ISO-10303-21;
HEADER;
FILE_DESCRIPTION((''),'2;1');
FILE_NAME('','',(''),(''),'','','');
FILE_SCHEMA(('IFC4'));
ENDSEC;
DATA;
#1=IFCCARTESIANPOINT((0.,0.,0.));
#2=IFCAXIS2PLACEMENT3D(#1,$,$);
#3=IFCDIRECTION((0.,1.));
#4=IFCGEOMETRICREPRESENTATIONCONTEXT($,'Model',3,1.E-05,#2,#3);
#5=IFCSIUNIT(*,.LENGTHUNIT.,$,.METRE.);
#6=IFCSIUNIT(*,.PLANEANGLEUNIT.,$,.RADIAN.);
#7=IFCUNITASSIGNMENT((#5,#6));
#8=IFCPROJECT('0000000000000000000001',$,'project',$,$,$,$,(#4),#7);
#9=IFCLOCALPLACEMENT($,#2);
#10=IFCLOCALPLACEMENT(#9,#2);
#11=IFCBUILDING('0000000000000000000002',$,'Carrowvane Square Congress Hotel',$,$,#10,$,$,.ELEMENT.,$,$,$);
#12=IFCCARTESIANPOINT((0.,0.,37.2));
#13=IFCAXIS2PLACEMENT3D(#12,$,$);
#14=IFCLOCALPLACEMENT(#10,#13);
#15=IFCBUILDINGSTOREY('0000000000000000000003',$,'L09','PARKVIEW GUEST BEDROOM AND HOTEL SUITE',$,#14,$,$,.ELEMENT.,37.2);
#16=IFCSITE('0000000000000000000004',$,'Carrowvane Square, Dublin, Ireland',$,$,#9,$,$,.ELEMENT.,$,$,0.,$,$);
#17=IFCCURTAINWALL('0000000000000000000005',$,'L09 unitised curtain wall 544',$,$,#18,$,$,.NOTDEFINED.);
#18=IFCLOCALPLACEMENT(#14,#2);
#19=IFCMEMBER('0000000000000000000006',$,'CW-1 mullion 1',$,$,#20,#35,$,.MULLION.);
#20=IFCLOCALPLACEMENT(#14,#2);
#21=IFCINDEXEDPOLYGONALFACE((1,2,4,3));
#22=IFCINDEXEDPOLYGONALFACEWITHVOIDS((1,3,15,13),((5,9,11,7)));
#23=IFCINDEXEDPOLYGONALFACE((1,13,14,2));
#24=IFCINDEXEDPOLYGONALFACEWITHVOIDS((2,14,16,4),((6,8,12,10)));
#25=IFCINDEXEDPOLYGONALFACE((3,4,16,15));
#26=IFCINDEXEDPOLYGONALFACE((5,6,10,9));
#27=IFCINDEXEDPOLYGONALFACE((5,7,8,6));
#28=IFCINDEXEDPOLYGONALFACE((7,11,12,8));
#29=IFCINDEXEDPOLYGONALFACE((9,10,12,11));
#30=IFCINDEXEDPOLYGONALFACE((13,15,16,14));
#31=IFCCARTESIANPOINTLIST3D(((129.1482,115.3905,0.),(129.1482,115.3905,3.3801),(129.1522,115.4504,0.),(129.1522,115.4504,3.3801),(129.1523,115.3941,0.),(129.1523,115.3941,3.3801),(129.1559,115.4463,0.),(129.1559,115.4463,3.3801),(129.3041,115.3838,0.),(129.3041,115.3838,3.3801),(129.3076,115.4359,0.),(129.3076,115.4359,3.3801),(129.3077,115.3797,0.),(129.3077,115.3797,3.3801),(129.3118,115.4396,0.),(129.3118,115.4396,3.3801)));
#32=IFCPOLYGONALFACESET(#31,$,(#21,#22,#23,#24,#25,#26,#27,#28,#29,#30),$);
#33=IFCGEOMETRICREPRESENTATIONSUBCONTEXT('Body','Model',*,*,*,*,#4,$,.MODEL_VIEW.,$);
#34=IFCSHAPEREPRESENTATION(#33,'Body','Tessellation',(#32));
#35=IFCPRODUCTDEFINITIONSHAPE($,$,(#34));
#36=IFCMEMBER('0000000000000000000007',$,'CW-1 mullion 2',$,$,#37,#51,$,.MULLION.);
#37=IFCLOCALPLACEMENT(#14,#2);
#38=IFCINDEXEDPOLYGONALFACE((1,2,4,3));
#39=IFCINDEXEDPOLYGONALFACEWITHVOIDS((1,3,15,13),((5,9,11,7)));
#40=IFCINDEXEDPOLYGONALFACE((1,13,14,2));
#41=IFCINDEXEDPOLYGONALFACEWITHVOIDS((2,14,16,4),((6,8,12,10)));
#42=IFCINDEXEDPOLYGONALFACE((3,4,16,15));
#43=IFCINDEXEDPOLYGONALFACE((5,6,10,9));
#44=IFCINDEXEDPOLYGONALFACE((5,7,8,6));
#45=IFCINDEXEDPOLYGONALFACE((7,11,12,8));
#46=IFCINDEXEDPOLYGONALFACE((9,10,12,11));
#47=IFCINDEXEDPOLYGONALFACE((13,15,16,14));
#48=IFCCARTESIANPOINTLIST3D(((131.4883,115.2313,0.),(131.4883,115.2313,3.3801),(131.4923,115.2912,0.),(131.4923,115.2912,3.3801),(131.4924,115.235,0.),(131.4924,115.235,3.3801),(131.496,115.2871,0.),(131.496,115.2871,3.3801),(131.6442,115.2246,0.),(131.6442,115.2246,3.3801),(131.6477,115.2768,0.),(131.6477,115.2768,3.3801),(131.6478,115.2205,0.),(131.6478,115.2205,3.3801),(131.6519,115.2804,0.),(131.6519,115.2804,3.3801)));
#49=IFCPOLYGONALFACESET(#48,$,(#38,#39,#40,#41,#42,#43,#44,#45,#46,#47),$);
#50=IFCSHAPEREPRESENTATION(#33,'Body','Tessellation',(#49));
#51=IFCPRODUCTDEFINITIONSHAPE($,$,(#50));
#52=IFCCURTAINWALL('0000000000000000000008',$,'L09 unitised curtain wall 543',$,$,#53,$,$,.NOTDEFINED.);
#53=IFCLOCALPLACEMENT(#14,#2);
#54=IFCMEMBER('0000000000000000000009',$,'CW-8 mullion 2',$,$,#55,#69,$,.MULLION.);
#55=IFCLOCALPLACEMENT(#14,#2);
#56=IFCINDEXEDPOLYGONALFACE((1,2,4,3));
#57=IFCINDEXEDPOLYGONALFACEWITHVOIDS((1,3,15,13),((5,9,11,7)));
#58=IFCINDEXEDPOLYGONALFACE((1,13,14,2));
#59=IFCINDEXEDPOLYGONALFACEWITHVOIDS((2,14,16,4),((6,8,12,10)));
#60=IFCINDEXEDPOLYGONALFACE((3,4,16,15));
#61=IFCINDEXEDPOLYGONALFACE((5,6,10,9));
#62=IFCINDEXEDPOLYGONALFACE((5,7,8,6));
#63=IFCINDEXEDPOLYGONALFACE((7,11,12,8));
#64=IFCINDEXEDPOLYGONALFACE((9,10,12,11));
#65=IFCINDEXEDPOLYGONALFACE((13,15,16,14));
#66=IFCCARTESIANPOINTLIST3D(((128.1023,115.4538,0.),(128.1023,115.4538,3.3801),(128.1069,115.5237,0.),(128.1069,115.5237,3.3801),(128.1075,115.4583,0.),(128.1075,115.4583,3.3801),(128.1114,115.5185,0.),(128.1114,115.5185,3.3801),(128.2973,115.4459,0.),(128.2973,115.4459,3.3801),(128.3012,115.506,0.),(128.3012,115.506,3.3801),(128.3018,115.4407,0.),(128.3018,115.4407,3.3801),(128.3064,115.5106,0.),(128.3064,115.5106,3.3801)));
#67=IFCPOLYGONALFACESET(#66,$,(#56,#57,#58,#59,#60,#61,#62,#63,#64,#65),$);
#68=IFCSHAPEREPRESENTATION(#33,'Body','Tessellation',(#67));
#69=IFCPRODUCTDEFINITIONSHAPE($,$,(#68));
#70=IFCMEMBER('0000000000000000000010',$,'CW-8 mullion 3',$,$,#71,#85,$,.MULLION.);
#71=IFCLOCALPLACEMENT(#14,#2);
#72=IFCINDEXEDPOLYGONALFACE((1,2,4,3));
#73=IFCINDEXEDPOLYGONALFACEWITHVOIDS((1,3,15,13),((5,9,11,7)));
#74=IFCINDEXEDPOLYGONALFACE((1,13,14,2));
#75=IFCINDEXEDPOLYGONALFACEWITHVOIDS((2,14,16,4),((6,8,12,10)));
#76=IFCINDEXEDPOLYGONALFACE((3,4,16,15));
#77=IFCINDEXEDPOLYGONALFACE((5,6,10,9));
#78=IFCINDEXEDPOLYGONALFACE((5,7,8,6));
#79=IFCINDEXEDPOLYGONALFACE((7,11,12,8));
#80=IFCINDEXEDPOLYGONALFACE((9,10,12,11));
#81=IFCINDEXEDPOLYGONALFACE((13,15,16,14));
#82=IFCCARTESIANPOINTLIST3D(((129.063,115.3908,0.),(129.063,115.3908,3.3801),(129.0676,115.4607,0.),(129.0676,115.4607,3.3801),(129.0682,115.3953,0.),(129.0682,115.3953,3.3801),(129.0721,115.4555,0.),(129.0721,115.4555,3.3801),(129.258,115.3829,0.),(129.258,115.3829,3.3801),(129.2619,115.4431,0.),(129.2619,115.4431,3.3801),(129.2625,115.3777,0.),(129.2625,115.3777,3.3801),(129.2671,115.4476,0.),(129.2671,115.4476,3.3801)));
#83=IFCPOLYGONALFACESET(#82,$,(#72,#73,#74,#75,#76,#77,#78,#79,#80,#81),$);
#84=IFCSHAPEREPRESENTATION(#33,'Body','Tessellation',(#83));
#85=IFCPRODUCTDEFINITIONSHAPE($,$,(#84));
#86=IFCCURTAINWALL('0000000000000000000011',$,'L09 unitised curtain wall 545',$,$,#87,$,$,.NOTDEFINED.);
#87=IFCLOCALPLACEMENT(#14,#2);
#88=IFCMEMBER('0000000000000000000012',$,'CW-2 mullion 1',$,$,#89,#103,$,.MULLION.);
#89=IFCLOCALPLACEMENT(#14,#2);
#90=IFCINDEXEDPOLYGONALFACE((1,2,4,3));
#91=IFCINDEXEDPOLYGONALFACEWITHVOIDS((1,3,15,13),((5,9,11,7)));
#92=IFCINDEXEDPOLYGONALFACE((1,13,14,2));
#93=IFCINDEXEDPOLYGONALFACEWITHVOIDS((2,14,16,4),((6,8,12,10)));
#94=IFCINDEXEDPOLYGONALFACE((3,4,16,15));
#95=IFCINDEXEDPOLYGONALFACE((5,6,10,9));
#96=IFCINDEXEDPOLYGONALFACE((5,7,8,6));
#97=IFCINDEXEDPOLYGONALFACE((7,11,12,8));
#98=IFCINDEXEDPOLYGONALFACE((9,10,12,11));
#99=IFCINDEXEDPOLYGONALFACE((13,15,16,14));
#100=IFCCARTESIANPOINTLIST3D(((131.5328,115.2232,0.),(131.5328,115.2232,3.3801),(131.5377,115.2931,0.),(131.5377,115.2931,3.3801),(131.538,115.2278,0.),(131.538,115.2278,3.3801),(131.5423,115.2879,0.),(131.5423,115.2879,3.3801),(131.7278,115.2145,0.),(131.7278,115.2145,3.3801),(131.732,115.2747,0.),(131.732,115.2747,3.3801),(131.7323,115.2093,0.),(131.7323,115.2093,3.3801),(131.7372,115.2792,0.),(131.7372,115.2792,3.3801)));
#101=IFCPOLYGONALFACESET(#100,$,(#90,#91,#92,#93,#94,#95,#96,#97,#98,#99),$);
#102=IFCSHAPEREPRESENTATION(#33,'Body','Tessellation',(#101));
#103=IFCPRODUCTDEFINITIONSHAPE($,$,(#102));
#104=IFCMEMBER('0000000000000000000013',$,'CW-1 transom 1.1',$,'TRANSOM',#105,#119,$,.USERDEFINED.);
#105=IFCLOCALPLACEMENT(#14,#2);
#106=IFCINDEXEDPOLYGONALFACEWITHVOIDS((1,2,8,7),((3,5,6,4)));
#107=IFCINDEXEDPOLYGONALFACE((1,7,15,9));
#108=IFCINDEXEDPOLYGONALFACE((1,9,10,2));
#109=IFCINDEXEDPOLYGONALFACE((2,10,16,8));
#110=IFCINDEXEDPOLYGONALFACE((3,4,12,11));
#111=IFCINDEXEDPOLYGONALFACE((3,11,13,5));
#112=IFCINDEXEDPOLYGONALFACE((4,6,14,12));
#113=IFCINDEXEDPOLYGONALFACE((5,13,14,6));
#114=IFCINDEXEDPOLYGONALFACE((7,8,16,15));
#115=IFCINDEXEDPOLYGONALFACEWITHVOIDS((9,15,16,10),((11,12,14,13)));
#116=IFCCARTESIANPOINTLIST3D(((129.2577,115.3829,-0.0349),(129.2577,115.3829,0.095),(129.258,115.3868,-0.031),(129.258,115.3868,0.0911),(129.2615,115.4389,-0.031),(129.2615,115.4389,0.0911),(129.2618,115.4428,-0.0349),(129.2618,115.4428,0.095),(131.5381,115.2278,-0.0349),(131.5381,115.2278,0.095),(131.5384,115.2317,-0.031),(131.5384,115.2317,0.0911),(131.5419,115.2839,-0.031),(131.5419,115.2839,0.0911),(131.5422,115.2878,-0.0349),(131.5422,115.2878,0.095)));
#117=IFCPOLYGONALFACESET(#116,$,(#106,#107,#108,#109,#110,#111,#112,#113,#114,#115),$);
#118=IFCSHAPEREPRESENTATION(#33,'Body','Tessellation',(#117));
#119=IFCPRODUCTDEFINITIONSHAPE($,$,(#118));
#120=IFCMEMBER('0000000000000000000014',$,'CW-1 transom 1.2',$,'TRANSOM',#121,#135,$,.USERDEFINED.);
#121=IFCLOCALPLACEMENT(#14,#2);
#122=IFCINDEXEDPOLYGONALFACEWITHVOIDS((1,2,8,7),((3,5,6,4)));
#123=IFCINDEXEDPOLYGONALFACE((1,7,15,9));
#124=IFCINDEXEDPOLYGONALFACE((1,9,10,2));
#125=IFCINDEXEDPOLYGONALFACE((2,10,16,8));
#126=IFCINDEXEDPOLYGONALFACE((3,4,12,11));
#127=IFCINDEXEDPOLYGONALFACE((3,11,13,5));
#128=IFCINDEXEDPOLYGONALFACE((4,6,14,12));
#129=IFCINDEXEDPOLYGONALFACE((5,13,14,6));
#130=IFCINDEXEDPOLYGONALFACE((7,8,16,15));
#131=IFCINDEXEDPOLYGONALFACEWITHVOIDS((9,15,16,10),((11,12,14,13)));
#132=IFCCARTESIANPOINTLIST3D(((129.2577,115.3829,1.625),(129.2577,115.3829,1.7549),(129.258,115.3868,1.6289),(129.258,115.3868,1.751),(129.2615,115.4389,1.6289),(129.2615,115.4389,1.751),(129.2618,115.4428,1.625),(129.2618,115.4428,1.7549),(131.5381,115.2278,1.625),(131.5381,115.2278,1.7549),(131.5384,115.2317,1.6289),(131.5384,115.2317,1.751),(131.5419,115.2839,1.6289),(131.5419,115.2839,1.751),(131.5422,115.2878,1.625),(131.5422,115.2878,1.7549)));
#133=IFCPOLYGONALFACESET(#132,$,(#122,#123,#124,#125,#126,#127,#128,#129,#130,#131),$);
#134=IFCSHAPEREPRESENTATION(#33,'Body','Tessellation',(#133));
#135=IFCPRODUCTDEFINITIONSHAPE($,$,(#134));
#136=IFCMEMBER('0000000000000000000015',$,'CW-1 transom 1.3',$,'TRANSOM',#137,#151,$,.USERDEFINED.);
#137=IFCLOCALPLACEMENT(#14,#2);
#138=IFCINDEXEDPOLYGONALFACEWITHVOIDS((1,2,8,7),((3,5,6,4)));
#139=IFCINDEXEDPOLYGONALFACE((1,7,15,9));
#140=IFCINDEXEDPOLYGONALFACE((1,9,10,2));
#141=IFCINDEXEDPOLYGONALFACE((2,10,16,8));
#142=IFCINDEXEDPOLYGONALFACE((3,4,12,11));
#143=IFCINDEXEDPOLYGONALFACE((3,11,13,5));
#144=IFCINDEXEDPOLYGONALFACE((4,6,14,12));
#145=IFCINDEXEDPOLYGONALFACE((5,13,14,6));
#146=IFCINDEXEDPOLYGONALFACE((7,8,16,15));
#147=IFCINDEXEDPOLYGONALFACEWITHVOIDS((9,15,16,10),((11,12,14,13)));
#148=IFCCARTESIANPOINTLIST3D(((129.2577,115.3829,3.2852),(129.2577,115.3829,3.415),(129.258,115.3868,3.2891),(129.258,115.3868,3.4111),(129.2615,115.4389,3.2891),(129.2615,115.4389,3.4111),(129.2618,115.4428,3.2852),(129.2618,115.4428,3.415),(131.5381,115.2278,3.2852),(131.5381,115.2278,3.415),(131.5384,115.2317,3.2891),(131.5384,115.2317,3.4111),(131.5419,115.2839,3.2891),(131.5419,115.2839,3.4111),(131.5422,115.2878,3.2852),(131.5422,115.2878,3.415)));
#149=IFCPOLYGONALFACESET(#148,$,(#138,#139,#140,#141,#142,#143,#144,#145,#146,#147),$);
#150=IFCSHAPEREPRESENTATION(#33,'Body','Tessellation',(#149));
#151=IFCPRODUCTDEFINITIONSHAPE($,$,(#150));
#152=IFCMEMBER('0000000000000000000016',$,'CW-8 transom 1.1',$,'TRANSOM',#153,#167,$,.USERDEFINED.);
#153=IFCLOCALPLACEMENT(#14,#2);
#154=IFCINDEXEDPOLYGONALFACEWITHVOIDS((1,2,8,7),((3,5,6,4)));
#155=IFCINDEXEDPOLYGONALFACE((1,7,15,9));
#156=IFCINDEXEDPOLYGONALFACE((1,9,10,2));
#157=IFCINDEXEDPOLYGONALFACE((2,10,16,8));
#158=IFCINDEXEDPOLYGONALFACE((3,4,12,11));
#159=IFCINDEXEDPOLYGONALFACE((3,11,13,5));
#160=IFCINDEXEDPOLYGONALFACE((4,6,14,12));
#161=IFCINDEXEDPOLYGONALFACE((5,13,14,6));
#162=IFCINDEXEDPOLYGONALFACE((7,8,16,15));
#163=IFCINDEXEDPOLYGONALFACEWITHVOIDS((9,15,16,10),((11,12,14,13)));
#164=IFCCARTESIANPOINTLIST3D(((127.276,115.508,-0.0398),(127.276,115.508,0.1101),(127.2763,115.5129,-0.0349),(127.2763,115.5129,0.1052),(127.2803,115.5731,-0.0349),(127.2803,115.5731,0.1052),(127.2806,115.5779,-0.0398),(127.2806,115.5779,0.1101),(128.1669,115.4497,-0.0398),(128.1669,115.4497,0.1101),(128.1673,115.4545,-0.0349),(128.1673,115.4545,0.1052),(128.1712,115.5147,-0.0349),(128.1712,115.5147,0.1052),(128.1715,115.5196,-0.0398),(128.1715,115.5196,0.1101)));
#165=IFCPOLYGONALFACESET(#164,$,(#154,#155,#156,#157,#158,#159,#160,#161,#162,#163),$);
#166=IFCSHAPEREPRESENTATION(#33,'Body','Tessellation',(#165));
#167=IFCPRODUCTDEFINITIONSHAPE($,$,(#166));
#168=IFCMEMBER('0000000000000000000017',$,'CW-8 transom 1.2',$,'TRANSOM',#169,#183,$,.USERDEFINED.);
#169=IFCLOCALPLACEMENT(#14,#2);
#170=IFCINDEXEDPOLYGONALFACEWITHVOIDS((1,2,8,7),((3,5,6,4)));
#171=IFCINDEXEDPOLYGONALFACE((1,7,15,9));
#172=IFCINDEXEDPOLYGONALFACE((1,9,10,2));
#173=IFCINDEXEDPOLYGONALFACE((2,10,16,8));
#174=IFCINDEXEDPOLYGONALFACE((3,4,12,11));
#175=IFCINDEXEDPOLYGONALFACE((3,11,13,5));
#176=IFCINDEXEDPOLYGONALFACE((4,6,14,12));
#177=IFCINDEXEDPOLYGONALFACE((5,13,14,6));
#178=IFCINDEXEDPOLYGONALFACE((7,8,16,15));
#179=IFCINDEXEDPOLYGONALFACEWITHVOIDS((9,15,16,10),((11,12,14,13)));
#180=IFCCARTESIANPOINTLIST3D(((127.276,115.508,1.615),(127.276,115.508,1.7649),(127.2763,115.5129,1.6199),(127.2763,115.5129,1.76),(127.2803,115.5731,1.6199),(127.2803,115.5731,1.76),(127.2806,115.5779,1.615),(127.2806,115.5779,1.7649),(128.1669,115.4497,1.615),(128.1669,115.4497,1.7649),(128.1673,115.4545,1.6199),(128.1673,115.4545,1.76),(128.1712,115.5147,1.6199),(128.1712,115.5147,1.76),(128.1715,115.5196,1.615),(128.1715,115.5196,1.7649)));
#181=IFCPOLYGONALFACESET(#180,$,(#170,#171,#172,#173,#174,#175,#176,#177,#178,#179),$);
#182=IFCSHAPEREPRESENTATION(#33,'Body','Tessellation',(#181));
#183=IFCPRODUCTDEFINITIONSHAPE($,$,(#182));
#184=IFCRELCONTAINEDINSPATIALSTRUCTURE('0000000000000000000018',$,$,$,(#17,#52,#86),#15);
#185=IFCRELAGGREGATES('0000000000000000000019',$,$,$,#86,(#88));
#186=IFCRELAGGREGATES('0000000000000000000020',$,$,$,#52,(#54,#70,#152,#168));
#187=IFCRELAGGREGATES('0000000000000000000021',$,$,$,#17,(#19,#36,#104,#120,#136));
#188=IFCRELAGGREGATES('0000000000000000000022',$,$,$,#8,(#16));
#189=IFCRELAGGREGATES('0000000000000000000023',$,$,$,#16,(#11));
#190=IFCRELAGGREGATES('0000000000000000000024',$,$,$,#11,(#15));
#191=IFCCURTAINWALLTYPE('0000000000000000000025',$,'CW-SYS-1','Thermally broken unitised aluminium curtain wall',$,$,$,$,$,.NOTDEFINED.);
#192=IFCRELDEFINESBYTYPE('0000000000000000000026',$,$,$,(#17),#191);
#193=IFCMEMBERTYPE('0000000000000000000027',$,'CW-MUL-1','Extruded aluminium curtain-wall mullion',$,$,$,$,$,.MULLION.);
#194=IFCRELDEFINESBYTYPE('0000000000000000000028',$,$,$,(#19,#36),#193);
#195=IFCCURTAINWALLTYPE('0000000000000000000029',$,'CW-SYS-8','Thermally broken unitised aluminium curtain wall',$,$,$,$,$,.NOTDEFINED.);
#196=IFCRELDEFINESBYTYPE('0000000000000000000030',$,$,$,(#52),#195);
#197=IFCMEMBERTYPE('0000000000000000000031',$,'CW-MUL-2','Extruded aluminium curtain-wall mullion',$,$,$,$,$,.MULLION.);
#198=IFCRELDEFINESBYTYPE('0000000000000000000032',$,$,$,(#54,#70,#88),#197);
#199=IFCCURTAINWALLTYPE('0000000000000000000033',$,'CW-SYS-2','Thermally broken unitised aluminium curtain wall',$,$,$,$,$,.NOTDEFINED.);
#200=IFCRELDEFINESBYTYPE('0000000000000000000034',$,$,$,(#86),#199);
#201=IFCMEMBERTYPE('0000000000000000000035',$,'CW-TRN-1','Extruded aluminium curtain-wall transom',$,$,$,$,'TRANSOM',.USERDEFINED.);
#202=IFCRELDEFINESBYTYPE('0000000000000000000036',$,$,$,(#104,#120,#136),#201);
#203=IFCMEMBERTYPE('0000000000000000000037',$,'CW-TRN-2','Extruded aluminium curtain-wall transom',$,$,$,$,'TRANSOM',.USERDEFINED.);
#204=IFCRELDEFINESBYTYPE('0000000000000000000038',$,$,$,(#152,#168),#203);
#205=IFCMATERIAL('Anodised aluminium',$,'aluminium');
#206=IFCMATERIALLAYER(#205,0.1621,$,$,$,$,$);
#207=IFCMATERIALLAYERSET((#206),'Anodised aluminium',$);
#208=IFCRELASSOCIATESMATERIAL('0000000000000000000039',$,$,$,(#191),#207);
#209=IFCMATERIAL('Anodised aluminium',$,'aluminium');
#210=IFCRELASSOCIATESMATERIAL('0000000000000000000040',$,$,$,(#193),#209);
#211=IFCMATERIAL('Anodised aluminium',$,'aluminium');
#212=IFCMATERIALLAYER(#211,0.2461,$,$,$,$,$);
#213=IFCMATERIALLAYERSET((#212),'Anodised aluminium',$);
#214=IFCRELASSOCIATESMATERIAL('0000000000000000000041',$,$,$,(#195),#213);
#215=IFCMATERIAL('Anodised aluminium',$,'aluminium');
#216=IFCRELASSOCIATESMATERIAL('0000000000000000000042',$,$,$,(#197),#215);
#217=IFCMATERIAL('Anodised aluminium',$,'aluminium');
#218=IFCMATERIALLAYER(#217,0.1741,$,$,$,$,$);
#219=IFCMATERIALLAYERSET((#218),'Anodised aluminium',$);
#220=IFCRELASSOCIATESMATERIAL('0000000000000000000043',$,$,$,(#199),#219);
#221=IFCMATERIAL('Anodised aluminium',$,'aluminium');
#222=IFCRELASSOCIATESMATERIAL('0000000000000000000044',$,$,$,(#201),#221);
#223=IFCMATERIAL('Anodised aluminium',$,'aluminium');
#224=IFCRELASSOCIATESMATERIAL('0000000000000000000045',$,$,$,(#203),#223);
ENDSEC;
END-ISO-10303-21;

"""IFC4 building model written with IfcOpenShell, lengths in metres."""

from ifc_helpers import new_model, si_unit, direction, frame, origin, origin_2d, place, context, subcontext, project, spatial, hollow_rectangle, extrude, material, layer, layer_set, material_profile, profile_set, type_object, element, aggregate, save


model = new_model("IFC4")

# Units and contexts
model_context = context("Model", 3, precision=1e-05, world=origin(), true_north=direction((0.0, 1.0)))
body_context = subcontext(model_context, "Body", "Model", "MODEL_VIEW")
ifc_project = project(units=[si_unit("LENGTHUNIT", "METRE"), si_unit("PLANEANGLEUNIT", "RADIAN")], contexts=[model_context])

# Site, building, storey
site_placement = place(None, origin())
site = spatial("IfcSite", under=ifc_project, at=site_placement, Name="Carrowvane Square, Dublin, Ireland", CompositionType="ELEMENT", RefElevation=0.0)
building_placement = place(site_placement, origin())
building = spatial("IfcBuilding", under=site, at=building_placement, Name="Carrowvane Square Congress Hotel", CompositionType="ELEMENT")
storey_placement = place(building_placement, frame((0.0, 0.0, 37.2)))
storey = spatial("IfcBuildingStorey", under=building, at=storey_placement, Name="L09", Description="PARKVIEW GUEST BEDROOM AND HOTEL SUITE", CompositionType="ELEMENT", Elevation=37.2)

# Curtain walls, members
ifc_material_1 = material(Name="Anodised aluminium", Category="aluminium")
ifc_layer_1 = layer(ifc_material_1, 0.1621)
ifc_layer_set_1 = layer_set([ifc_layer_1], Name="Anodised aluminium")
curtain_wall_type_1 = type_object("IfcCurtainWallType", Name="CW-SYS-1", Description="Thermally broken unitised aluminium curtain wall", PredefinedType="NOTDEFINED", material=ifc_layer_set_1)
curtain_wall_1_placement = place(storey_placement, origin())
curtain_wall_1 = element("IfcCurtainWall", 1, at=curtain_wall_1_placement, inside=storey, type_object=curtain_wall_type_1, Name="L09 unitised curtain wall 544", PredefinedType="NOTDEFINED")
ifc_material_2 = material(Name="Anodised aluminium", Category="aluminium")
ifc_material_profile_1 = material_profile(ifc_material_2, hollow_rectangle(XDim=0.0601, YDim=0.1599, WallThickness=0.0039, at=origin_2d()), Name="CW-ML 60x160x4")
ifc_profile_set_1 = profile_set([ifc_material_profile_1], Name="Anodised aluminium")
member_type_1 = type_object("IfcMemberType", Name="CW-MUL-1", Description="Extruded aluminium curtain-wall mullion", PredefinedType="MULLION", material=ifc_profile_set_1)
member_1_placement = place(storey_placement, frame((129.23, 115.415, 0.0), z_axis=(0.0, 0.0, 1.0), x_axis=(0.06787, 0.997694, 0.0)))
member_1 = element("IfcMember", 2, at=member_1_placement, type_object=member_type_1, Name="CW-1 mullion 1", PredefinedType="MULLION", context=body_context, shape_type="SweptSolid", body=[
    extrude(hollow_rectangle(XDim=0.0601, YDim=0.1599, WallThickness=0.0039, at=origin_2d()), origin(), (0.0, 0.0, 1.0), 3.3801),
])
member_2_placement = place(storey_placement, frame((131.5701, 115.2559, 0.0), z_axis=(0.0, 0.0, 1.0), x_axis=(0.06787, 0.997694, 0.0)))
member_2 = element("IfcMember", 3, at=member_2_placement, type_object=member_type_1, Name="CW-1 mullion 2", PredefinedType="MULLION", context=body_context, shape_type="SweptSolid", body=[
    extrude(hollow_rectangle(XDim=0.0601, YDim=0.1599, WallThickness=0.0039, at=origin_2d()), origin(), (0.0, 0.0, 1.0), 3.3801),
])
ifc_material_3 = material(Name="Anodised aluminium", Category="aluminium")
ifc_layer_2 = layer(ifc_material_3, 0.2461)
ifc_layer_set_2 = layer_set([ifc_layer_2], Name="Anodised aluminium")
curtain_wall_type_2 = type_object("IfcCurtainWallType", Name="CW-SYS-8", Description="Thermally broken unitised aluminium curtain wall", PredefinedType="NOTDEFINED", material=ifc_layer_set_2)
curtain_wall_2_placement = place(storey_placement, origin())
curtain_wall_2 = element("IfcCurtainWall", 4, at=curtain_wall_2_placement, inside=storey, type_object=curtain_wall_type_2, Name="L09 unitised curtain wall 543", PredefinedType="NOTDEFINED")
ifc_material_4 = material(Name="Anodised aluminium", Category="aluminium")
ifc_material_profile_2 = material_profile(ifc_material_4, hollow_rectangle(XDim=0.0701, YDim=0.2, WallThickness=0.0049, at=origin_2d()), Name="CW-ML 70x200x5")
ifc_profile_set_2 = profile_set([ifc_material_profile_2], Name="Anodised aluminium")
member_type_2 = type_object("IfcMemberType", Name="CW-MUL-2", Description="Extruded aluminium curtain-wall mullion", PredefinedType="MULLION", material=ifc_profile_set_2)
member_3_placement = place(storey_placement, frame((128.2043, 115.4822, 0.0), z_axis=(0.0, 0.0, 1.0), x_axis=(0.065414, 0.997858, 0.0)))
member_3 = element("IfcMember", 5, at=member_3_placement, type_object=member_type_2, Name="CW-8 mullion 2", PredefinedType="MULLION", context=body_context, shape_type="SweptSolid", body=[
    extrude(hollow_rectangle(XDim=0.0701, YDim=0.2, WallThickness=0.0049, at=origin_2d()), origin(), (0.0, 0.0, 1.0), 3.3801),
])
member_4_placement = place(storey_placement, frame((129.165, 115.4192, 0.0), z_axis=(0.0, 0.0, 1.0), x_axis=(0.065414, 0.997858, 0.0)))
member_4 = element("IfcMember", 6, at=member_4_placement, type_object=member_type_2, Name="CW-8 mullion 3", PredefinedType="MULLION", context=body_context, shape_type="SweptSolid", body=[
    extrude(hollow_rectangle(XDim=0.0701, YDim=0.2, WallThickness=0.0049, at=origin_2d()), origin(), (0.0, 0.0, 1.0), 3.3801),
])

# Curtain wall, member
ifc_material_5 = material(Name="Anodised aluminium", Category="aluminium")
ifc_layer_3 = layer(ifc_material_5, 0.1741)
ifc_layer_set_3 = layer_set([ifc_layer_3], Name="Anodised aluminium")
curtain_wall_type_3 = type_object("IfcCurtainWallType", Name="CW-SYS-2", Description="Thermally broken unitised aluminium curtain wall", PredefinedType="NOTDEFINED", material=ifc_layer_set_3)
curtain_wall_3_placement = place(storey_placement, origin())
curtain_wall_3 = element("IfcCurtainWall", 7, at=curtain_wall_3_placement, inside=storey, type_object=curtain_wall_type_3, Name="L09 unitised curtain wall 545", PredefinedType="NOTDEFINED")
member_5_placement = place(storey_placement, frame((131.635, 115.2512, 0.0), z_axis=(0.0, 0.0, 1.0), x_axis=(0.069727, 0.997566, 0.0)))
member_5 = element("IfcMember", 8, at=member_5_placement, type_object=member_type_2, Name="CW-2 mullion 1", PredefinedType="MULLION", context=body_context, shape_type="SweptSolid", body=[
    extrude(hollow_rectangle(XDim=0.0701, YDim=0.2, WallThickness=0.0049, at=origin_2d()), origin(), (0.0, 0.0, 1.0), 3.3801),
])

# Members
ifc_material_6 = material(Name="Anodised aluminium", Category="aluminium")
ifc_material_profile_3 = material_profile(ifc_material_6, hollow_rectangle(XDim=0.0601, YDim=0.1299, WallThickness=0.0039, at=origin_2d()), Name="CW-TR 60x130x4")
ifc_profile_set_3 = profile_set([ifc_material_profile_3], Name="Anodised aluminium")
member_type_3 = type_object("IfcMemberType", Name="CW-TRN-1", Description="Extruded aluminium curtain-wall transom", ElementType="TRANSOM", PredefinedType="USERDEFINED", material=ifc_profile_set_3)
member_6_placement = place(storey_placement, frame((129.2598, 115.4128, 0.03), z_axis=(0.997697, -0.067831, 0.0), x_axis=(0.067831, 0.997697, 0.0)))
member_6 = element("IfcMember", 9, at=member_6_placement, type_object=member_type_3, Name="CW-1 transom 1.1", ObjectType="TRANSOM", PredefinedType="USERDEFINED", context=body_context, shape_type="SweptSolid", body=[
    extrude(hollow_rectangle(XDim=0.0601, YDim=0.1299, WallThickness=0.0039, at=origin_2d()), origin(), (0.0, 0.0, 1.0), 2.2856),
])
member_7_placement = place(storey_placement, frame((129.2598, 115.4128, 1.6899), z_axis=(0.997697, -0.067831, 0.0), x_axis=(0.067831, 0.997697, 0.0)))
member_7 = element("IfcMember", 10, at=member_7_placement, type_object=member_type_3, Name="CW-1 transom 1.2", ObjectType="TRANSOM", PredefinedType="USERDEFINED", context=body_context, shape_type="SweptSolid", body=[
    extrude(hollow_rectangle(XDim=0.0601, YDim=0.1299, WallThickness=0.0039, at=origin_2d()), origin(), (0.0, 0.0, 1.0), 2.2856),
])
member_8_placement = place(storey_placement, frame((129.2598, 115.4128, 3.3501), z_axis=(0.997697, -0.067831, 0.0), x_axis=(0.067831, 0.997697, 0.0)))
member_8 = element("IfcMember", 11, at=member_8_placement, type_object=member_type_3, Name="CW-1 transom 1.3", ObjectType="TRANSOM", PredefinedType="USERDEFINED", context=body_context, shape_type="SweptSolid", body=[
    extrude(hollow_rectangle(XDim=0.0601, YDim=0.1299, WallThickness=0.0039, at=origin_2d()), origin(), (0.0, 0.0, 1.0), 2.2856),
])
ifc_material_7 = material(Name="Anodised aluminium", Category="aluminium")
ifc_material_profile_4 = material_profile(ifc_material_7, hollow_rectangle(XDim=0.0701, YDim=0.1499, WallThickness=0.0049, at=origin_2d()), Name="CW-TR 70x150x5")
ifc_profile_set_4 = profile_set([ifc_material_profile_4], Name="Anodised aluminium")
member_type_4 = type_object("IfcMemberType", Name="CW-TRN-2", Description="Extruded aluminium curtain-wall transom", ElementType="TRANSOM", PredefinedType="USERDEFINED", material=ifc_profile_set_4)
member_9_placement = place(storey_placement, frame((127.2783, 115.543, 0.0352), z_axis=(0.997862, -0.065357, 0.0), x_axis=(0.065357, 0.997862, 0.0)))
member_9 = element("IfcMember", 12, at=member_9_placement, type_object=member_type_4, Name="CW-8 transom 1.1", ObjectType="TRANSOM", PredefinedType="USERDEFINED", context=body_context, shape_type="SweptSolid", body=[
    extrude(hollow_rectangle(XDim=0.0701, YDim=0.1499, WallThickness=0.0049, at=origin_2d()), origin(), (0.0, 0.0, 1.0), 0.8928),
])
member_10_placement = place(storey_placement, frame((127.2783, 115.543, 1.6899), z_axis=(0.997862, -0.065357, 0.0), x_axis=(0.065357, 0.997862, 0.0)))
member_10 = element("IfcMember", 13, at=member_10_placement, type_object=member_type_4, Name="CW-8 transom 1.2", ObjectType="TRANSOM", PredefinedType="USERDEFINED", context=body_context, shape_type="SweptSolid", body=[
    extrude(hollow_rectangle(XDim=0.0701, YDim=0.1499, WallThickness=0.0049, at=origin_2d()), origin(), (0.0, 0.0, 1.0), 0.8928),
])
aggregate(curtain_wall_3, [member_5])

aggregate(curtain_wall_2, [member_3, member_4, member_9, member_10])
aggregate(curtain_wall_1, [member_1, member_2, member_6, member_7, member_8])

save(model, "model.ifc")
